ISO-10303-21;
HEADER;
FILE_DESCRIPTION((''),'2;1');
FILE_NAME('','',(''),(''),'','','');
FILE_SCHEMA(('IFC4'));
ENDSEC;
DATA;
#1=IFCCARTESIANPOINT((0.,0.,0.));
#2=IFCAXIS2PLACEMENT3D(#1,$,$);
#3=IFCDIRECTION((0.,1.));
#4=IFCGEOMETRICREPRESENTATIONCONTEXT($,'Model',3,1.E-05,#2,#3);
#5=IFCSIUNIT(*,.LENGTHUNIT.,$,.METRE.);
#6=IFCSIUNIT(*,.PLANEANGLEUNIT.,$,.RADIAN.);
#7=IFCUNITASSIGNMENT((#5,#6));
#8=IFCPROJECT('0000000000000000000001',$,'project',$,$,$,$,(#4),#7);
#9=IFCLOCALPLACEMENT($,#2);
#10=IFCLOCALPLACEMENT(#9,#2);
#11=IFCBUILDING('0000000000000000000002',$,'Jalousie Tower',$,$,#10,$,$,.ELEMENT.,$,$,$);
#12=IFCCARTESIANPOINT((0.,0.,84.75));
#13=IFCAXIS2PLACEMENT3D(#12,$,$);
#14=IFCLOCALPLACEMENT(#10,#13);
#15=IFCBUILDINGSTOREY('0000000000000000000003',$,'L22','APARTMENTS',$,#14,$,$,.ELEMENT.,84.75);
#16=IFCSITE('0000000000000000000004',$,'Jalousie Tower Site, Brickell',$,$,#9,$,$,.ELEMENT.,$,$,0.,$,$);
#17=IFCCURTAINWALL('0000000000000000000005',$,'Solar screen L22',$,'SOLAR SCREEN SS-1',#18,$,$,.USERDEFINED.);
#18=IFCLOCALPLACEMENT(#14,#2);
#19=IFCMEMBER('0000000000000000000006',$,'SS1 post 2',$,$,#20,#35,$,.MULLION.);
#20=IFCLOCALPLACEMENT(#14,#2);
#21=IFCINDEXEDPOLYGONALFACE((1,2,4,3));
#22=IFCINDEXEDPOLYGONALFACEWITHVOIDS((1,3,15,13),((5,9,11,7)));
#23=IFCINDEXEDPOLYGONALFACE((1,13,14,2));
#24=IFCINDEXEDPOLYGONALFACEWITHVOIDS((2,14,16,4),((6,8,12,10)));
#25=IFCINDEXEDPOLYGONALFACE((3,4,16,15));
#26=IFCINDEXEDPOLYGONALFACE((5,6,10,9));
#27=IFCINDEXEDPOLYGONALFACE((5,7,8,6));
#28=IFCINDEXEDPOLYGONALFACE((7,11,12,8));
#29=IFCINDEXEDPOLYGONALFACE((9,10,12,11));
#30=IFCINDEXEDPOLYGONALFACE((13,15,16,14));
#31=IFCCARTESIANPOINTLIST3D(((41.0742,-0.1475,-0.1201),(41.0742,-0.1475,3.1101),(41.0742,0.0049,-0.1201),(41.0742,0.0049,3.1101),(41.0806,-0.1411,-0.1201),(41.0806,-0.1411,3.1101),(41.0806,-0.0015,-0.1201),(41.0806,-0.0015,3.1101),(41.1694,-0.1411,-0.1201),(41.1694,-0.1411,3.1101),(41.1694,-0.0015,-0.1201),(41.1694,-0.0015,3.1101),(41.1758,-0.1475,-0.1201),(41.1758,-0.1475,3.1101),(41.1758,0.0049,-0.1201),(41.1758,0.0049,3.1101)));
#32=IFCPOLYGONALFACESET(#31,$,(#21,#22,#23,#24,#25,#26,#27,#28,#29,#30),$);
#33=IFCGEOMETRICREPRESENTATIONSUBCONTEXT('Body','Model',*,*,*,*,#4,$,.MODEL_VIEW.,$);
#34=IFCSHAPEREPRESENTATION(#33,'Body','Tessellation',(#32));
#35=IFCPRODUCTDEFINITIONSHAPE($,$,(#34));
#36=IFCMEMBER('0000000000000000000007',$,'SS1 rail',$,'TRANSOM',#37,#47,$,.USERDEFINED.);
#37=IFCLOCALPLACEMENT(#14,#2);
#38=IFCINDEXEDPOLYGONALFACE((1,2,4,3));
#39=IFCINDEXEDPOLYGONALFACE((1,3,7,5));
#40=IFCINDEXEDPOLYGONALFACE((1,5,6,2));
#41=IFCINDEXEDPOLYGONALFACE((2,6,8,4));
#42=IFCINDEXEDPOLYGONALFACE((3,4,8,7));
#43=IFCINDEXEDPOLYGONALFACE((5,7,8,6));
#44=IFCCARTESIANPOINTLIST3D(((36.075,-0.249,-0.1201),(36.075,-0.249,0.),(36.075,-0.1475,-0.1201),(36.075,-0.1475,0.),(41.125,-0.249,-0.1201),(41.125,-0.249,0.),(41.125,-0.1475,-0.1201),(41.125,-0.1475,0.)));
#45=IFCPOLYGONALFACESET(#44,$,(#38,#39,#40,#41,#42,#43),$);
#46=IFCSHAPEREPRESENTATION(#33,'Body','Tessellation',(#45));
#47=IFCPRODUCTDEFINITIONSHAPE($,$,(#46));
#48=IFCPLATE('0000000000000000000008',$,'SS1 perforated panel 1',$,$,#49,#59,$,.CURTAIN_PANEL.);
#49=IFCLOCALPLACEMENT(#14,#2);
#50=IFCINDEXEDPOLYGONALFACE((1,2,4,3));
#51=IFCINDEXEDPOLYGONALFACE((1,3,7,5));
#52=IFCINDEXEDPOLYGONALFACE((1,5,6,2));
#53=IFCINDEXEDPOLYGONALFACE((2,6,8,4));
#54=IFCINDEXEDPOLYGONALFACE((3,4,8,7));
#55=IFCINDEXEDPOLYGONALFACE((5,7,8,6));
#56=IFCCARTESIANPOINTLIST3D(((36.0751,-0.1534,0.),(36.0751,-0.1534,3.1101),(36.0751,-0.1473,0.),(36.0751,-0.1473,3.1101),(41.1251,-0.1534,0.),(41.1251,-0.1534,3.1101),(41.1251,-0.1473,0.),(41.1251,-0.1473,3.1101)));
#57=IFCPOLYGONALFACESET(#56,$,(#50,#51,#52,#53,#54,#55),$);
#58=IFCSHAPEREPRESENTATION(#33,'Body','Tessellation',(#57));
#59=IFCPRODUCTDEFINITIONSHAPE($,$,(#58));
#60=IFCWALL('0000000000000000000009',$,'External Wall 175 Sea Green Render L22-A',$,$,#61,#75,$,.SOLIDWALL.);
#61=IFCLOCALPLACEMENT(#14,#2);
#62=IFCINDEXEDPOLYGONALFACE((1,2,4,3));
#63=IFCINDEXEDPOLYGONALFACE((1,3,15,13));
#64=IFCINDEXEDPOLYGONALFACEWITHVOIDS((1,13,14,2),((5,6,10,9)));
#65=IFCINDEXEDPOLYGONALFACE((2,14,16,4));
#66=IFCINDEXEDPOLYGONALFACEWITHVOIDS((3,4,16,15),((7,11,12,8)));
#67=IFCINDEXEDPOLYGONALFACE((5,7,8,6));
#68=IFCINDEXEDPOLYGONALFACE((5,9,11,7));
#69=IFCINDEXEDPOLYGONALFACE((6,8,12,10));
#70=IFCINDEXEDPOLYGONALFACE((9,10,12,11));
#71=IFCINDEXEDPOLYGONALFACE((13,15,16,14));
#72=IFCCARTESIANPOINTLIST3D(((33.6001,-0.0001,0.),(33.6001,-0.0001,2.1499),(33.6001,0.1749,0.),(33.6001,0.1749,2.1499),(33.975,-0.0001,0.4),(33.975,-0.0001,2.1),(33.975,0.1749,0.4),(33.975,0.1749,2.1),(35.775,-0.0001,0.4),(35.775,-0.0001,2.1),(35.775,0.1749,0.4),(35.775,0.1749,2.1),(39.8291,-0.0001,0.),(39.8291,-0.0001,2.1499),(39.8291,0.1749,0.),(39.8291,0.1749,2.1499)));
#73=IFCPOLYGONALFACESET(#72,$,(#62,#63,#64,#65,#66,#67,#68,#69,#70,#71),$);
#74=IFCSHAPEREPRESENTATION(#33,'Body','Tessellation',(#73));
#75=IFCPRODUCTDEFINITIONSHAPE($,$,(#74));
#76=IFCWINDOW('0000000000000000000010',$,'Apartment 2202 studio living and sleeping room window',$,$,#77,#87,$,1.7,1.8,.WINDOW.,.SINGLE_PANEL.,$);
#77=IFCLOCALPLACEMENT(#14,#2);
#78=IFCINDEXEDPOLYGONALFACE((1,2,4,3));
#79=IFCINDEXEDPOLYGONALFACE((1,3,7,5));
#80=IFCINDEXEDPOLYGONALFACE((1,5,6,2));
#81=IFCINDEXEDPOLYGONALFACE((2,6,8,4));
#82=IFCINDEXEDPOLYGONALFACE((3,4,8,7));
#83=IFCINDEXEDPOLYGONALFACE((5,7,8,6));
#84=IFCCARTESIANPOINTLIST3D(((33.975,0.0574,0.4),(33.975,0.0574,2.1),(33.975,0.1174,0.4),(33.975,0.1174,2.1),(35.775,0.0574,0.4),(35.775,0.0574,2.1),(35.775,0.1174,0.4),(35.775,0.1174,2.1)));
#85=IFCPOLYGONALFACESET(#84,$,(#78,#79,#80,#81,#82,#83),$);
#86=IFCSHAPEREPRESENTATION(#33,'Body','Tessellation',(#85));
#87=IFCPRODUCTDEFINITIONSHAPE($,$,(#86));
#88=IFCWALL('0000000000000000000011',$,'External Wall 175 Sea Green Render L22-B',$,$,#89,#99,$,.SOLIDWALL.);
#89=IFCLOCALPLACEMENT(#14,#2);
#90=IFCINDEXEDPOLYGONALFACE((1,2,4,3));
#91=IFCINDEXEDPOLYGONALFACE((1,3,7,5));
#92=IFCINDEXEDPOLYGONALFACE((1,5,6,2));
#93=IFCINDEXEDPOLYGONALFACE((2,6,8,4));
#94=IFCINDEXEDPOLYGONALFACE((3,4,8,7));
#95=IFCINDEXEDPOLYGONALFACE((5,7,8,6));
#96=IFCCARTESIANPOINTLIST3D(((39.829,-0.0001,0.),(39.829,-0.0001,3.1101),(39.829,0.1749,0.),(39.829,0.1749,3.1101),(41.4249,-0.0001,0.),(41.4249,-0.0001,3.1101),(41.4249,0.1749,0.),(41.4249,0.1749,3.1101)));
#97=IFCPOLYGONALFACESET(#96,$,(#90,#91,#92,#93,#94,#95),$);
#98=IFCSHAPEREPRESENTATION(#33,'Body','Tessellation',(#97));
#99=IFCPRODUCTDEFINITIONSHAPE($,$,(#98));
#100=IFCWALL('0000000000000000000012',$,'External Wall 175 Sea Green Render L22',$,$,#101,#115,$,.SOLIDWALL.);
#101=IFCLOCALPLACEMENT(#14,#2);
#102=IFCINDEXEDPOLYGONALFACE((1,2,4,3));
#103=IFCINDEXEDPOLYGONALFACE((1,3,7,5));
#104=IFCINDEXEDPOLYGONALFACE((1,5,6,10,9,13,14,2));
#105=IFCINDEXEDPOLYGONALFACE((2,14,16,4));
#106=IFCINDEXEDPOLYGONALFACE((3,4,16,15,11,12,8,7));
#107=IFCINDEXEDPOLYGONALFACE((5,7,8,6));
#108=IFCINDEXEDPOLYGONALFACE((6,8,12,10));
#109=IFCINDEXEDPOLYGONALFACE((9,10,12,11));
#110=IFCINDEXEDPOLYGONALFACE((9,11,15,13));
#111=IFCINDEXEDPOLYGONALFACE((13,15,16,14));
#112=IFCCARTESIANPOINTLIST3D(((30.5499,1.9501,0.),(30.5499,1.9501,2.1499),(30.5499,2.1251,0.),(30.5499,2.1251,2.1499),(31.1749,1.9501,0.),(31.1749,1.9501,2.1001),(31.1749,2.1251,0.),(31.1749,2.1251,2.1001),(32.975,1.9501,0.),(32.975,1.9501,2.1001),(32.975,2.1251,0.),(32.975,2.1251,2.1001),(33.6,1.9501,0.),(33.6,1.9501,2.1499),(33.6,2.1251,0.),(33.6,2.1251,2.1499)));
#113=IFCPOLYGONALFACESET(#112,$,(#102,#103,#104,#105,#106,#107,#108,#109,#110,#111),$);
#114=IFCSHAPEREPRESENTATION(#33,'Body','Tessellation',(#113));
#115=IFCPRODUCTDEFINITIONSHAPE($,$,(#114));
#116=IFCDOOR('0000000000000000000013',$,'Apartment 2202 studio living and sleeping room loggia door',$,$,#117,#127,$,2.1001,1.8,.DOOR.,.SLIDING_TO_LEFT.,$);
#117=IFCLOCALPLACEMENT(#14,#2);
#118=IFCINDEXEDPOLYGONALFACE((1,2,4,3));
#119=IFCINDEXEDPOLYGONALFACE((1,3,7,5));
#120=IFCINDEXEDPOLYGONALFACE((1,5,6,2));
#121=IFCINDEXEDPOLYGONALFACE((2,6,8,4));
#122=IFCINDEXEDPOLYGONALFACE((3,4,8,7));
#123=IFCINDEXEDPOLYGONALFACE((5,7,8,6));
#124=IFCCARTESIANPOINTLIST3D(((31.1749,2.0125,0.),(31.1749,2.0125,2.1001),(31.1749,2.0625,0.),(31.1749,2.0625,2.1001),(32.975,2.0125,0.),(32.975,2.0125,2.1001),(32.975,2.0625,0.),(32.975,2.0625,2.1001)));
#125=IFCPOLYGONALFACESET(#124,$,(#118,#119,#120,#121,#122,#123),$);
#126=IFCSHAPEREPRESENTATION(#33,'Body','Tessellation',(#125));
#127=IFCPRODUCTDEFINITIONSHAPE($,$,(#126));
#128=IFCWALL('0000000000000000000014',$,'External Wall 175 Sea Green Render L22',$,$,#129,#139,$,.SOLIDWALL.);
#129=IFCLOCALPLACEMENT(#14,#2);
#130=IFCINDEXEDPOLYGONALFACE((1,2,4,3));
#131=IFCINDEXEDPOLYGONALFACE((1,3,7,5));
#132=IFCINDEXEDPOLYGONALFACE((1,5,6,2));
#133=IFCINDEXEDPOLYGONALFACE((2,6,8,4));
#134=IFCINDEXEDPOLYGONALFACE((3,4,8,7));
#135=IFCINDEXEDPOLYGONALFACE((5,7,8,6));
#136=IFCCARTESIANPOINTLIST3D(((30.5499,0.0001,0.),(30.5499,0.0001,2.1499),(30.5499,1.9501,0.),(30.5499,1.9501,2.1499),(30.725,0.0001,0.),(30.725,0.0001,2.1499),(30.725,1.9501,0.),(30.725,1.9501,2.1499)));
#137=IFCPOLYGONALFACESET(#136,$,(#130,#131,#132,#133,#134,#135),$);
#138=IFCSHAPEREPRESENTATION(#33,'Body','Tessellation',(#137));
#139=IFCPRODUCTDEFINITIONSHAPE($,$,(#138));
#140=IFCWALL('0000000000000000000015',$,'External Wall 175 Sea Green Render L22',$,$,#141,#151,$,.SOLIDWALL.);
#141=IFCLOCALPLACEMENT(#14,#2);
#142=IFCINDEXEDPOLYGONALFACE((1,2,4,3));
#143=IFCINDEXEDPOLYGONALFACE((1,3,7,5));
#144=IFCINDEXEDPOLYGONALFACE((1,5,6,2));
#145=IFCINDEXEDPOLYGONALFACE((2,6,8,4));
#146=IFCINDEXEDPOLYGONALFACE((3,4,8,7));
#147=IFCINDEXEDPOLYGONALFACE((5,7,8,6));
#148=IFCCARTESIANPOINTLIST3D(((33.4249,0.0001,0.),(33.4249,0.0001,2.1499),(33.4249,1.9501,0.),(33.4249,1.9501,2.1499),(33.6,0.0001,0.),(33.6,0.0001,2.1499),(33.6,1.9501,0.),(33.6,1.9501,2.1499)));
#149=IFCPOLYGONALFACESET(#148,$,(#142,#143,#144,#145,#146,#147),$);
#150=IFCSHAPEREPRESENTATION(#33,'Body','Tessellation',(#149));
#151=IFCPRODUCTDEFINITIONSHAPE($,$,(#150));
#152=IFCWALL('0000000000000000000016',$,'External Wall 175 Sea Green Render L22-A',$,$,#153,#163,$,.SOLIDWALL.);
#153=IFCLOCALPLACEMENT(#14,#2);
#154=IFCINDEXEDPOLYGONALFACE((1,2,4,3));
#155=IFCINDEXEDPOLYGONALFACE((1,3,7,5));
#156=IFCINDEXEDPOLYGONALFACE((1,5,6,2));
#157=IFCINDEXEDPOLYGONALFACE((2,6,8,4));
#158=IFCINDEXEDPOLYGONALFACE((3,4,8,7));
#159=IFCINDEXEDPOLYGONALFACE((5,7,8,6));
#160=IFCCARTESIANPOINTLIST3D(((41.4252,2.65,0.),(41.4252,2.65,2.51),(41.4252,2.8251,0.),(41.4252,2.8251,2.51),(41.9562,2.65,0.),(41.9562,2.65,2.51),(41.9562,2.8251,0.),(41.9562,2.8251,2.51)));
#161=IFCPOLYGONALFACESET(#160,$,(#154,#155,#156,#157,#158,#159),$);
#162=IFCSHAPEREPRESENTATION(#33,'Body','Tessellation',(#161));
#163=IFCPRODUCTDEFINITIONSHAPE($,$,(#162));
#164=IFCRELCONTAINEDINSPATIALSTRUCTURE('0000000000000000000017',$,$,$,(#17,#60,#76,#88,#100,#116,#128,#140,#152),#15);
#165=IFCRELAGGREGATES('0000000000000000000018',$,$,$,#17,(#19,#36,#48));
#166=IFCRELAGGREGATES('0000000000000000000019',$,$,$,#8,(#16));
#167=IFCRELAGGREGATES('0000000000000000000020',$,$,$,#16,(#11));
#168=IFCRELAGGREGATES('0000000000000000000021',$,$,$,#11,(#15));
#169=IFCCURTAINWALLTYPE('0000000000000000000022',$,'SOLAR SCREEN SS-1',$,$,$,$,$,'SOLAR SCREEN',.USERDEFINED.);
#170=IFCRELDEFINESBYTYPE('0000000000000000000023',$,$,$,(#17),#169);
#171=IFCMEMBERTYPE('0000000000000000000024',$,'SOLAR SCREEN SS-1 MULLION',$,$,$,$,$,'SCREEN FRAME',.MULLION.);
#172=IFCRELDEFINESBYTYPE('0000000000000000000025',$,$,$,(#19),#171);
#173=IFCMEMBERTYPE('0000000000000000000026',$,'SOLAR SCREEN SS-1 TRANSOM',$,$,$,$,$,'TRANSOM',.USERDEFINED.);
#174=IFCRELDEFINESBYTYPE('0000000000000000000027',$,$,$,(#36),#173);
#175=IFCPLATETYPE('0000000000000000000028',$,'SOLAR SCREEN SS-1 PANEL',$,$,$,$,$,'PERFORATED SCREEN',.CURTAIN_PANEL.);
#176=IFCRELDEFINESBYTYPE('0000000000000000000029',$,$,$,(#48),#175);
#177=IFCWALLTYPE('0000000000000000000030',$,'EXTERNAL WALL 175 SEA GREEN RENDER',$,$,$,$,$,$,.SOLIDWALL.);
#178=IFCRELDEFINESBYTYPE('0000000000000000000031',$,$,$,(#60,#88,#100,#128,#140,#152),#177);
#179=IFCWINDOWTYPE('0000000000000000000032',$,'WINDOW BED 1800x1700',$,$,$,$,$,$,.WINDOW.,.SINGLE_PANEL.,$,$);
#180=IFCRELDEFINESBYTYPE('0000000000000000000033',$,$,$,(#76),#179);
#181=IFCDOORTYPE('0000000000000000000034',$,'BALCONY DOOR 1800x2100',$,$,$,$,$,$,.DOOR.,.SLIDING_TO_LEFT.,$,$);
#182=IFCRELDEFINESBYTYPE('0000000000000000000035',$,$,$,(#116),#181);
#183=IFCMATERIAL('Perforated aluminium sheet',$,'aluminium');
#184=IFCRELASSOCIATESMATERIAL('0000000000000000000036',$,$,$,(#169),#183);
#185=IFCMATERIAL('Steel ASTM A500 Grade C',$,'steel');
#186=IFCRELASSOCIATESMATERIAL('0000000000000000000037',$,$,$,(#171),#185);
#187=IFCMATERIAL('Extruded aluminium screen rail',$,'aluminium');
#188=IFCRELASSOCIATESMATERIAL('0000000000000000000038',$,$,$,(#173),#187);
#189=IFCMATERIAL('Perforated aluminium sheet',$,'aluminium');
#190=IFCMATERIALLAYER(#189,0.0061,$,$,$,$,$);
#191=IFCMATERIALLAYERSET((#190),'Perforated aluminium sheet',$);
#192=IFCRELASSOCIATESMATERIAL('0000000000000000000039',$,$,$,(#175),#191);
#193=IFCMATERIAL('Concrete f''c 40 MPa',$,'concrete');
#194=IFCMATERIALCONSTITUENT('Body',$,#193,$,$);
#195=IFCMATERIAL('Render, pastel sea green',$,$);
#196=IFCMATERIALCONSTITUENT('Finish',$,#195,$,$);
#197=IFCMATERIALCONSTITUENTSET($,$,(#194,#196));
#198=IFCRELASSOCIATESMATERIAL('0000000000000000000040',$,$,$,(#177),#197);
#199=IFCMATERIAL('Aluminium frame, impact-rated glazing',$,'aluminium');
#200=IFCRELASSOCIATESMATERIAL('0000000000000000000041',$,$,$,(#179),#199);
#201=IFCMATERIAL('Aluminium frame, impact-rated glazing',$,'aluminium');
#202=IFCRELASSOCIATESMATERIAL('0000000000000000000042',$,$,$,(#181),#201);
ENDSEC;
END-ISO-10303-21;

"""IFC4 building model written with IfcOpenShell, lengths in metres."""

from ifc_helpers import new_model, si_unit, direction, frame, frame_2d, origin, origin_2d, place, context, subcontext, project, spatial, rectangle, hollow_rectangle, extrude, material, layer, layer_set, constituent, constituent_set, material_profile, profile_set, type_object, element, fill, aggregate, save


model = new_model("IFC4")

# Units and contexts
model_context = context("Model", 3, precision=1e-05, world=origin(), true_north=direction((0.0, 1.0)))
body_context = subcontext(model_context, "Body", "Model", "MODEL_VIEW")
ifc_project = project(units=[si_unit("LENGTHUNIT", "METRE"), si_unit("PLANEANGLEUNIT", "RADIAN")], contexts=[model_context])

# Site, building, storey
site_placement = place(None, origin())
site = spatial("IfcSite", under=ifc_project, at=site_placement, Name="Jalousie Tower Site, Brickell", CompositionType="ELEMENT", RefElevation=0.0)
building_placement = place(site_placement, origin())
building = spatial("IfcBuilding", under=site, at=building_placement, Name="Jalousie Tower", CompositionType="ELEMENT")
storey_placement = place(building_placement, frame((0.0, 0.0, 84.75)))
storey = spatial("IfcBuildingStorey", under=building, at=storey_placement, Name="L22", Description="APARTMENTS", CompositionType="ELEMENT", Elevation=84.75)

# Shared definitions
ifc_material_1 = material(Name="Perforated aluminium sheet", Category="aluminium")
curtain_wall_type = type_object("IfcCurtainWallType", Name="SOLAR SCREEN SS-1", ElementType="SOLAR SCREEN", PredefinedType="USERDEFINED", material=ifc_material_1)
ifc_material_2 = material(Name="Steel ASTM A500 Grade C", Category="steel")
ifc_material_profile_1 = material_profile(ifc_material_2, hollow_rectangle(XDim=0.1016, YDim=0.1523, WallThickness=0.0063, at=origin_2d()), Name="HSS6X4X1/4")
ifc_profile_set_1 = profile_set([ifc_material_profile_1], Name="Steel ASTM A500 Grade C")
member_type_1 = type_object("IfcMemberType", Name="SOLAR SCREEN SS-1 MULLION", ElementType="SCREEN FRAME", PredefinedType="MULLION", material=ifc_profile_set_1)

# Curtain wall, members, plate
curtain_wall_1_placement = place(storey_placement, origin())
curtain_wall_1 = element("IfcCurtainWall", 1, at=curtain_wall_1_placement, inside=storey, type_object=curtain_wall_type, Name="Solar screen L22", ObjectType="SOLAR SCREEN SS-1", PredefinedType="USERDEFINED")
member_1_placement = place(storey_placement, frame((41.125, -0.0713, -0.1201), z_axis=(0.0, 0.0, 1.0), x_axis=(1.0, 0.0, 0.0)))
member_1 = element("IfcMember", 2, at=member_1_placement, type_object=member_type_1, Name="SS1 post 2", PredefinedType="MULLION", context=body_context, shape_type="SweptSolid", body=[
    extrude(hollow_rectangle(XDim=0.1016, YDim=0.1523, WallThickness=0.0063, at=origin_2d()), origin(), (0.0, 0.0, 1.0), 3.2302),
])
ifc_material_3 = material(Name="Extruded aluminium screen rail", Category="aluminium")
ifc_material_profile_2 = material_profile(ifc_material_3, rectangle(XDim=0.1016, YDim=0.1201, at=origin_2d()), Name="RAIL 102x120")
ifc_profile_set_2 = profile_set([ifc_material_profile_2], Name="Extruded aluminium screen rail")
member_type_2 = type_object("IfcMemberType", Name="SOLAR SCREEN SS-1 TRANSOM", ElementType="TRANSOM", PredefinedType="USERDEFINED", material=ifc_profile_set_2)
member_2_placement = place(storey_placement, frame((36.075, -0.1982, -0.0601), z_axis=(1.0, 0.0, 0.0), x_axis=(0.0, 1.0, 0.0)))
member_2 = element("IfcMember", 3, at=member_2_placement, type_object=member_type_2, Name="SS1 rail", ObjectType="TRANSOM", PredefinedType="USERDEFINED", context=body_context, shape_type="SweptSolid", body=[
    extrude(rectangle(XDim=0.1016, YDim=0.1201, at=origin_2d()), origin(), (0.0, 0.0, 1.0), 5.05),
])
ifc_material_4 = material(Name="Perforated aluminium sheet", Category="aluminium")
ifc_layer_1 = layer(ifc_material_4, 0.0061)
ifc_layer_set_1 = layer_set([ifc_layer_1], Name="Perforated aluminium sheet")
plate_type = type_object("IfcPlateType", Name="SOLAR SCREEN SS-1 PANEL", ElementType="PERFORATED SCREEN", PredefinedType="CURTAIN_PANEL", material=ifc_layer_set_1)
plate_placement = place(storey_placement, frame((38.6001, -0.1504, 0.0), z_axis=(0.0, 0.0, 1.0), x_axis=(1.0, 0.0, 0.0)))
plate = element("IfcPlate", 4, at=plate_placement, type_object=plate_type, Name="SS1 perforated panel 1", PredefinedType="CURTAIN_PANEL", context=body_context, shape_type="SweptSolid", body=[
    extrude(rectangle(XDim=5.05, YDim=0.0061, at=origin_2d()), origin(), (0.0, 0.0, 1.0), 3.1101),
])
aggregate(curtain_wall_1, [member_1, member_2, plate])

# Wall, opening, window
ifc_material_5 = material(Name="Concrete f'c 40 MPa", Category="concrete")
ifc_constituent_1 = constituent(ifc_material_5, Name="Body")
ifc_material_6 = material(Name="Render, pastel sea green")
ifc_constituent_2 = constituent(ifc_material_6, Name="Finish")
ifc_constituent_set_1 = constituent_set(constituents=[ifc_constituent_1, ifc_constituent_2])
wall_type_1 = type_object("IfcWallType", Name="EXTERNAL WALL 175 SEA GREEN RENDER", PredefinedType="SOLIDWALL", material=ifc_constituent_set_1)
wall_1_placement = place(storey_placement, frame((33.6001, 0.0874, 0.0), z_axis=(0.0, 0.0, 1.0), x_axis=(1.0, 0.0, 0.0)))
wall_1 = element("IfcWall", 5, at=wall_1_placement, inside=storey, type_object=wall_type_1, Name="External Wall 175 Sea Green Render L22-A", PredefinedType="SOLIDWALL", context=body_context, shape_type="SweptSolid", body=[
    extrude(rectangle(XDim=6.229, YDim=0.175, at=frame_2d((3.1145, 0.0))), origin(), (0.0, 0.0, 1.0), 2.1499),
])
opening_1_placement = place(wall_1_placement, frame((0.375, 0.0, 0.3999)))
opening_1 = element("IfcOpeningElement", 6, at=opening_1_placement, cuts=wall_1, PredefinedType="OPENING", context=body_context, shape_type="SweptSolid", body=[
    extrude(rectangle(XDim=1.8, YDim=1.7, at=frame_2d((0.8999, 0.8501))), frame((0.0, 0.0974, 0.0), z_axis=(0.0, -1.0, 0.0), x_axis=(1.0, 0.0, 0.0)), (0.0, 0.0, 1.0), 0.1951),
])
ifc_material_7 = material(Name="Aluminium frame, impact-rated glazing", Category="aluminium")
window_type = type_object("IfcWindowType", Name="WINDOW BED 1800x1700", PartitioningType="SINGLE_PANEL", PredefinedType="WINDOW", material=ifc_material_7)
window_placement = place(opening_1_placement, origin())
window = element("IfcWindow", 7, at=window_placement, inside=storey, type_object=window_type, Name="Apartment 2202 studio living and sleeping room window", OverallHeight=1.7, OverallWidth=1.8, PartitioningType="SINGLE_PANEL", PredefinedType="WINDOW", context=body_context, shape_type="SweptSolid", body=[
    extrude(rectangle(XDim=1.8, YDim=1.7, at=frame_2d((0.8999, 0.8501))), frame((0.0, 0.03, 0.0), z_axis=(0.0, -1.0, 0.0), x_axis=(1.0, 0.0, 0.0)), (0.0, 0.0, 1.0), 0.0601),
])
fill(opening_1, window)

# Wall
wall_2_placement = place(storey_placement, frame((39.8291, 0.0874, 0.0), z_axis=(0.0, 0.0, 1.0), x_axis=(1.0, 0.0, 0.0)))
element("IfcWall", 8, at=wall_2_placement, inside=storey, type_object=wall_type_1, Name="External Wall 175 Sea Green Render L22-B", PredefinedType="SOLIDWALL", context=body_context, shape_type="SweptSolid", body=[
    extrude(rectangle(XDim=1.5959, YDim=0.175, at=frame_2d((0.7979, 0.0))), origin(), (0.0, 0.0, 1.0), 3.1101),
])

# Wall, opening, door
wall_3_placement = place(storey_placement, frame((30.55, 2.0376, 0.0), z_axis=(0.0, 0.0, 1.0), x_axis=(1.0, 0.0, 0.0)))
wall_3 = element("IfcWall", 9, at=wall_3_placement, inside=storey, type_object=wall_type_1, Name="External Wall 175 Sea Green Render L22", PredefinedType="SOLIDWALL", context=body_context, shape_type="SweptSolid", body=[
    extrude(rectangle(XDim=3.05, YDim=0.175, at=frame_2d((1.5249, 0.0))), origin(), (0.0, 0.0, 1.0), 2.1499),
])
opening_2_placement = place(wall_3_placement, frame((0.625, 0.0, 0.0)))
opening_2 = element("IfcOpeningElement", 10, at=opening_2_placement, cuts=wall_3, PredefinedType="OPENING", context=body_context, shape_type="SweptSolid", body=[
    extrude(rectangle(XDim=1.8, YDim=2.1001, at=frame_2d((0.8999, 1.05))), frame((0.0, 0.0974, 0.0), z_axis=(0.0, -1.0, 0.0), x_axis=(1.0, 0.0, 0.0)), (0.0, 0.0, 1.0), 0.1951),
])
ifc_material_8 = material(Name="Aluminium frame, impact-rated glazing", Category="aluminium")
door_type = type_object("IfcDoorType", Name="BALCONY DOOR 1800x2100", OperationType="SLIDING_TO_LEFT", PredefinedType="DOOR", material=ifc_material_8)
door_placement = place(opening_2_placement, origin())
door = element("IfcDoor", 11, at=door_placement, inside=storey, type_object=door_type, Name="Apartment 2202 studio living and sleeping room loggia door", OperationType="SLIDING_TO_LEFT", OverallHeight=2.1001, OverallWidth=1.8, PredefinedType="DOOR", context=body_context, shape_type="SweptSolid", body=[
    extrude(rectangle(XDim=1.8, YDim=2.1001, at=frame_2d((0.8999, 1.05))), frame((0.0, 0.0249, 0.0), z_axis=(0.0, -1.0, 0.0), x_axis=(1.0, 0.0, 0.0)), (0.0, 0.0, 1.0), 0.05),
])
fill(opening_2, door)

# Walls
for number, where, z_axis, x_axis, name in (
    (12, (30.6375, 0.0, 0.0), (0.0, 0.0, 1.0), (0.0, 1.0, 0.0), "External Wall 175 Sea Green Render L22"),
    (13, (33.5125, 0.0, 0.0), (0.0, 0.0, 1.0), (0.0, 1.0, 0.0), "External Wall 175 Sea Green Render L22"),
):
    element("IfcWall", number, at=place(storey_placement, frame(where, z_axis=z_axis, x_axis=x_axis)), inside=storey, type_object=wall_type_1, Name=name, PredefinedType="SOLIDWALL", context=body_context, shape_type="SweptSolid", body=[
        extrude(rectangle(XDim=1.95, YDim=0.175, at=frame_2d((0.9751, 0.0))), origin(), (0.0, 0.0, 1.0), 2.1499),
    ])
wall_4_placement = place(storey_placement, frame((41.425, 2.7375, 0.0), z_axis=(0.0, 0.0, 1.0), x_axis=(1.0, 0.0, 0.0)))
element("IfcWall", 14, at=wall_4_placement, inside=storey, type_object=wall_type_1, Name="External Wall 175 Sea Green Render L22-A", PredefinedType="SOLIDWALL", context=body_context, shape_type="SweptSolid", body=[
    extrude(rectangle(XDim=0.531, YDim=0.175, at=frame_2d((0.2656, 0.0))), origin(), (0.0, 0.0, 1.0), 2.51),
])

save(model, "model.ifc")
